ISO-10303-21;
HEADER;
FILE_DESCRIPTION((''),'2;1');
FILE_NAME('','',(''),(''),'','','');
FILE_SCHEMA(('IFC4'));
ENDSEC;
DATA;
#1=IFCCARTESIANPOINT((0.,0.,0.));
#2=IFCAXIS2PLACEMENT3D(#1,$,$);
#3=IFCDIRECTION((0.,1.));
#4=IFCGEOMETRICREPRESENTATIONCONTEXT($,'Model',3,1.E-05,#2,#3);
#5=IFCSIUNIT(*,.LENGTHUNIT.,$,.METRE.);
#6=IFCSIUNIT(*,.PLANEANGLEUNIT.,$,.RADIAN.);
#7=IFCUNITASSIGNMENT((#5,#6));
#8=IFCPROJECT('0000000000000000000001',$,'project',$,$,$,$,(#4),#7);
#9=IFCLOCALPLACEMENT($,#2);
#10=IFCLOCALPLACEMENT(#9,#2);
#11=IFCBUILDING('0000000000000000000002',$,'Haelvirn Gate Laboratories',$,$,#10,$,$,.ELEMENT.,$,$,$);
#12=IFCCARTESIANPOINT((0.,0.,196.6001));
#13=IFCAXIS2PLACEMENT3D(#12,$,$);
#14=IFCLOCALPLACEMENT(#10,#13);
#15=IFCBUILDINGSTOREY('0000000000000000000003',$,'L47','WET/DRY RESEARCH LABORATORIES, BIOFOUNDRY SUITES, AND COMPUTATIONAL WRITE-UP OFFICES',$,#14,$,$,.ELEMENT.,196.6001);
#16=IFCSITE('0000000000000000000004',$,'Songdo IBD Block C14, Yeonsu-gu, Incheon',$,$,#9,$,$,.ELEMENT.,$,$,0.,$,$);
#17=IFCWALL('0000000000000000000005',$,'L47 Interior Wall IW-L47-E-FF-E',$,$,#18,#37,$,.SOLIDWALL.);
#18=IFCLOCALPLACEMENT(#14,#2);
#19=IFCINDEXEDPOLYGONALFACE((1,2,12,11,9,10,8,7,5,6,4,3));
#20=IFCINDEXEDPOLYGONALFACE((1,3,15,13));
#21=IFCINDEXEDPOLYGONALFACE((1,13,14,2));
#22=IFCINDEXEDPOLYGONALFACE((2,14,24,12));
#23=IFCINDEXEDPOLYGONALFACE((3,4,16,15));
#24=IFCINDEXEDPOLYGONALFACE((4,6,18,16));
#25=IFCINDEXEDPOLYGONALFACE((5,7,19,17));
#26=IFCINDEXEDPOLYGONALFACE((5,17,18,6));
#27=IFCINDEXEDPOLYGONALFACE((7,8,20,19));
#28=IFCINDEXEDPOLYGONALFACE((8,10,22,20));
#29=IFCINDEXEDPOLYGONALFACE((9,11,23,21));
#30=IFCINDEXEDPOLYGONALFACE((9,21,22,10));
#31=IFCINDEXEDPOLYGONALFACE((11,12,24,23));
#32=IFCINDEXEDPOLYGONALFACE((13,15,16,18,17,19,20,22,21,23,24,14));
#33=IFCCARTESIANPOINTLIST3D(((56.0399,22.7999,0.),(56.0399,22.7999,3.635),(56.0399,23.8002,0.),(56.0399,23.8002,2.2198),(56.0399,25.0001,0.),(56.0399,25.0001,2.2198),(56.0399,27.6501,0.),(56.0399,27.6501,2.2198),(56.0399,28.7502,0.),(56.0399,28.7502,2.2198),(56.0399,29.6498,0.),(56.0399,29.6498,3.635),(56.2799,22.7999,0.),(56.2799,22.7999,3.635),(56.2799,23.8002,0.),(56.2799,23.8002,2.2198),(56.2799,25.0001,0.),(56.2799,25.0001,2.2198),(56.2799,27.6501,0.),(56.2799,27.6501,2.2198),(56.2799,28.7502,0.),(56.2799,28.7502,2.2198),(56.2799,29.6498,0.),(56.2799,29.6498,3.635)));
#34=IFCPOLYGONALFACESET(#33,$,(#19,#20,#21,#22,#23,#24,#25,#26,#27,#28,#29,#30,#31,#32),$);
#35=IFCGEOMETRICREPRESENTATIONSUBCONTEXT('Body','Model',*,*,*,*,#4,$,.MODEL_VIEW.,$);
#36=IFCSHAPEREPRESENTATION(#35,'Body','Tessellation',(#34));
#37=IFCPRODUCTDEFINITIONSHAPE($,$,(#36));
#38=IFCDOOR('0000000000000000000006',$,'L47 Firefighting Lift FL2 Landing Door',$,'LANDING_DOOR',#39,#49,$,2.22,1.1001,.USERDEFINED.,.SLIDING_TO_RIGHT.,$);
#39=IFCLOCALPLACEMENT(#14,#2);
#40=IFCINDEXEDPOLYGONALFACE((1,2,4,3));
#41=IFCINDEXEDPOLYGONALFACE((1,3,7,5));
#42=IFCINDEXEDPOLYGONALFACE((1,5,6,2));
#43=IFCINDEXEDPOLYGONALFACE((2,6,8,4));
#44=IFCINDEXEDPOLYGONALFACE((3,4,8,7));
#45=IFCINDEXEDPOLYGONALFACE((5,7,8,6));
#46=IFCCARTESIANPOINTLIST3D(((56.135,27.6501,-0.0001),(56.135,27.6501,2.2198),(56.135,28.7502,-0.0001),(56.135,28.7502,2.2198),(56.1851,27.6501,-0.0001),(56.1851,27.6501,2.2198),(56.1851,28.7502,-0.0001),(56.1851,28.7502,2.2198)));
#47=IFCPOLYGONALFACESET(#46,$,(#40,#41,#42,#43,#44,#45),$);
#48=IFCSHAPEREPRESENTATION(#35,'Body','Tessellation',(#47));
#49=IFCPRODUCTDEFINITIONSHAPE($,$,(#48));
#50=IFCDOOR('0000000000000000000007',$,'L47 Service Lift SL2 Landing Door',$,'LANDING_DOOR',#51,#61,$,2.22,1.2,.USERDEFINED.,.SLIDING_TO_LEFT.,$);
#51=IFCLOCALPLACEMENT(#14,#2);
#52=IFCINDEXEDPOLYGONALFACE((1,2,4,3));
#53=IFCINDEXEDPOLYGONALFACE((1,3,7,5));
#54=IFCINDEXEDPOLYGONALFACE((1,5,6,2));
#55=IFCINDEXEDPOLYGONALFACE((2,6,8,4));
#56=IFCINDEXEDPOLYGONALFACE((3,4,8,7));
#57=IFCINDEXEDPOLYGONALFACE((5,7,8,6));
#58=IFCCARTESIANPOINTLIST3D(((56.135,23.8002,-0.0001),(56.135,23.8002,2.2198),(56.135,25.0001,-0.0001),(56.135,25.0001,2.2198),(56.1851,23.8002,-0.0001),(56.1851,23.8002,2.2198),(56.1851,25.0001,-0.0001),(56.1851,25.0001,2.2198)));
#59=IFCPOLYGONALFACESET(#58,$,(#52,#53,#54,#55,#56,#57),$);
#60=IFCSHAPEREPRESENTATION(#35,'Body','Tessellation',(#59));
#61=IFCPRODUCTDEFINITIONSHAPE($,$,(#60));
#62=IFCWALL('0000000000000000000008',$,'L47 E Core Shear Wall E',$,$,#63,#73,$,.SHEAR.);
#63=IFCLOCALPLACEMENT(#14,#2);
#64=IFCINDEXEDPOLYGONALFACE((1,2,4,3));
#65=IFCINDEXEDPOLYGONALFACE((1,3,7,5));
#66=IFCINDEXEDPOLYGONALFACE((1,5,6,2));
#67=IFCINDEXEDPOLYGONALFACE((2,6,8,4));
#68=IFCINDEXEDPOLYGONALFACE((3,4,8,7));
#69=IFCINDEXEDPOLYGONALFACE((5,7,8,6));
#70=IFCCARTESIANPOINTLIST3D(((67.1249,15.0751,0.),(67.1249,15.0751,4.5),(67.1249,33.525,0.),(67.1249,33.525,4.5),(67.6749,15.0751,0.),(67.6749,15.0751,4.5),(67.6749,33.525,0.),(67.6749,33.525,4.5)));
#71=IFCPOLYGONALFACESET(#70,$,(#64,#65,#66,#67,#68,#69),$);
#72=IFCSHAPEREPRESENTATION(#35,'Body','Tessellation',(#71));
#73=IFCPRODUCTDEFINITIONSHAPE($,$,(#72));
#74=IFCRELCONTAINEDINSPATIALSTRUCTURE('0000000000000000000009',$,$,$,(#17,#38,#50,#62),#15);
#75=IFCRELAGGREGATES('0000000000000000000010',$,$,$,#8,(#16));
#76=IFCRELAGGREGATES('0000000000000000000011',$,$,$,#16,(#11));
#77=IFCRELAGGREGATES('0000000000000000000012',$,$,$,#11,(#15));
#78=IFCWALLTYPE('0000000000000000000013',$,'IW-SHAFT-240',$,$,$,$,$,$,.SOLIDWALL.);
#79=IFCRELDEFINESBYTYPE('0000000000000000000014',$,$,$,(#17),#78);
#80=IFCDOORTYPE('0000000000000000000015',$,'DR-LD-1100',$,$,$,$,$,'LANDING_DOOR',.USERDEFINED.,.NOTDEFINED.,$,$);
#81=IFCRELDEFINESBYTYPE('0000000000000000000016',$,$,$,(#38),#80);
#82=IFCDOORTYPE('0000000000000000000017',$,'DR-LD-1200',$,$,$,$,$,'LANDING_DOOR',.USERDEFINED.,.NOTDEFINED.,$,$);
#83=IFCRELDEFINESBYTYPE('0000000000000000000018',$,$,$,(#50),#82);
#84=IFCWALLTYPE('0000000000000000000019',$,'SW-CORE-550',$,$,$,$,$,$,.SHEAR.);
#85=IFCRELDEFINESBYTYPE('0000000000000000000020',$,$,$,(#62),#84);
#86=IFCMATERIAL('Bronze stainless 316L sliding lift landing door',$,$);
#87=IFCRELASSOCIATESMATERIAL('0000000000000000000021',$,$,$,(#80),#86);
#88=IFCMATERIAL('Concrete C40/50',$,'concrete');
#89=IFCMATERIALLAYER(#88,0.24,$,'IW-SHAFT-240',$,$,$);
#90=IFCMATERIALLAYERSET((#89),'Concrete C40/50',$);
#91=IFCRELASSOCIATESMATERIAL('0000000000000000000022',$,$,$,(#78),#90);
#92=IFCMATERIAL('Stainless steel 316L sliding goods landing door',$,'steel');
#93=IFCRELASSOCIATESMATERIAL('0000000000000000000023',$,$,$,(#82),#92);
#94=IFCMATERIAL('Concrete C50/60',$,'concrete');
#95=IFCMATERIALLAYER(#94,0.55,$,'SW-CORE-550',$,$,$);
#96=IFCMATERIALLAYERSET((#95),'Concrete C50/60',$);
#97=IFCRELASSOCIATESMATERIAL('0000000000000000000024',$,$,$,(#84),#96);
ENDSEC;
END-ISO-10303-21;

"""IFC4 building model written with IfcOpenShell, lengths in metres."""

from ifc_helpers import new_model, si_unit, direction, frame, frame_2d, origin, place, context, subcontext, project, spatial, rectangle, extrude, source, transform, mapped, material, layer, layer_set, type_object, type_shapes, element, fill, save


model = new_model("IFC4")

# Units and contexts
model_context = context("Model", 3, precision=1e-05, world=origin(), true_north=direction((0.0, 1.0)))
body_context = subcontext(model_context, "Body", "Model", "MODEL_VIEW")
ifc_project = project(units=[si_unit("LENGTHUNIT", "METRE"), si_unit("PLANEANGLEUNIT", "RADIAN")], contexts=[model_context])

# Site, building, storey
site_placement = place(None, origin())
site = spatial("IfcSite", under=ifc_project, at=site_placement, Name="Songdo IBD Block C14, Yeonsu-gu, Incheon", CompositionType="ELEMENT", RefElevation=0.0)
building_placement = place(site_placement, origin())
building = spatial("IfcBuilding", under=site, at=building_placement, Name="Haelvirn Gate Laboratories", CompositionType="ELEMENT")
storey_placement = place(building_placement, frame((0.0, 0.0, 196.6001)))
storey = spatial("IfcBuildingStorey", under=building, at=storey_placement, Name="L47", Description="WET/DRY RESEARCH LABORATORIES, BIOFOUNDRY SUITES, AND COMPUTATIONAL WRITE-UP OFFICES", CompositionType="ELEMENT", Elevation=196.6001)

# Shared definitions
ifc_material_1 = material(Name="Concrete C40/50", Category="concrete")

# Shared definitions
ifc_material_2 = material(Name="Bronze stainless 316L sliding lift landing door")
door_type_1 = type_object("IfcDoorType", Name="DR-LD-1100", ElementType="LANDING_DOOR", OperationType="NOTDEFINED", PredefinedType="USERDEFINED", material=ifc_material_2)
shared_shape_1 = source(origin(), body_context, "Body", "SweptSolid", [
    extrude(rectangle(XDim=1.1001, YDim=2.22, at=frame_2d((0.55, 1.1099))), frame((0.0, 0.0249, 0.0), z_axis=(0.0, -1.0, 0.0), x_axis=(1.0, 0.0, 0.0)), (0.0, 0.0, 1.0), 0.05),
])
type_shapes(door_type_1, [shared_shape_1])

# Wall, openings, doors
ifc_layer_1 = layer(ifc_material_1, 0.24, Name="IW-SHAFT-240")
ifc_layer_set_1 = layer_set([ifc_layer_1], Name="Concrete C40/50")
wall_type_1 = type_object("IfcWallType", Name="IW-SHAFT-240", PredefinedType="SOLIDWALL", material=ifc_layer_set_1)
wall_1_placement = place(storey_placement, frame((56.1599, 22.8, 0.0), z_axis=(0.0, 0.0, 1.0), x_axis=(0.0, 1.0, 0.0)))
wall_1 = element("IfcWall", 1, at=wall_1_placement, inside=storey, type_object=wall_type_1, Name="L47 Interior Wall IW-L47-E-FF-E", PredefinedType="SOLIDWALL", context=body_context, shape_type="SweptSolid", body=[
    extrude(rectangle(XDim=6.8499, YDim=0.24, at=frame_2d((3.4248, 0.0))), origin(), (0.0, 0.0, 1.0), 3.635),
])
opening_1_placement = place(wall_1_placement, frame((4.8501, 0.0, 0.0)))
opening_1 = element("IfcOpeningElement", 2, at=opening_1_placement, cuts=wall_1, PredefinedType="OPENING", context=body_context, shape_type="SweptSolid", body=[
    extrude(rectangle(XDim=1.1001, YDim=2.22, at=frame_2d((0.55, 1.1099))), frame((0.0, 0.1299, 0.0), z_axis=(0.0, -1.0, 0.0), x_axis=(1.0, 0.0, 0.0)), (0.0, 0.0, 1.0), 0.26),
])
opening_2_placement = place(wall_1_placement, frame((1.0, 0.0, 0.0)))
opening_2 = element("IfcOpeningElement", 3, at=opening_2_placement, cuts=wall_1, PredefinedType="OPENING", context=body_context, shape_type="SweptSolid", body=[
    extrude(rectangle(XDim=1.2, YDim=2.22, at=frame_2d((0.6001, 1.1099))), frame((0.0, 0.1299, 0.0), z_axis=(0.0, -1.0, 0.0), x_axis=(1.0, 0.0, 0.0)), (0.0, 0.0, 1.0), 0.26),
])
door_1_placement = place(opening_1_placement, origin())
door_1 = element("IfcDoor", 4, at=door_1_placement, inside=storey, type_object=door_type_1, Name="L47 Firefighting Lift FL2 Landing Door", ObjectType="LANDING_DOOR", OperationType="SLIDING_TO_RIGHT", OverallHeight=2.22, OverallWidth=1.1001, PredefinedType="USERDEFINED", context=body_context, shape_type="MappedRepresentation", body=[
    mapped(shared_shape_1, transform((0.0, 0.0, 0.0), scale=1.0)),
])
fill(opening_1, door_1)
ifc_material_3 = material(Name="Stainless steel 316L sliding goods landing door", Category="steel")
door_type_2 = type_object("IfcDoorType", Name="DR-LD-1200", ElementType="LANDING_DOOR", OperationType="NOTDEFINED", PredefinedType="USERDEFINED", material=ifc_material_3)
shared_shape_2 = source(origin(), body_context, "Body", "SweptSolid", [
    extrude(rectangle(XDim=1.2, YDim=2.22, at=frame_2d((0.6001, 1.1099))), frame((0.0, 0.0249, 0.0), z_axis=(0.0, -1.0, 0.0), x_axis=(1.0, 0.0, 0.0)), (0.0, 0.0, 1.0), 0.05),
])
type_shapes(door_type_2, [shared_shape_2])
door_2_placement = place(opening_2_placement, origin())
door_2 = element("IfcDoor", 5, at=door_2_placement, inside=storey, type_object=door_type_2, Name="L47 Service Lift SL2 Landing Door", ObjectType="LANDING_DOOR", OperationType="SLIDING_TO_LEFT", OverallHeight=2.22, OverallWidth=1.2, PredefinedType="USERDEFINED", context=body_context, shape_type="MappedRepresentation", body=[
    mapped(shared_shape_2, transform((0.0, 0.0, 0.0), scale=1.0)),
])
fill(opening_2, door_2)

# Wall
ifc_material_4 = material(Name="Concrete C50/60", Category="concrete")
ifc_layer_2 = layer(ifc_material_4, 0.55, Name="SW-CORE-550")
ifc_layer_set_2 = layer_set([ifc_layer_2], Name="Concrete C50/60")
wall_type_2 = type_object("IfcWallType", Name="SW-CORE-550", PredefinedType="SHEAR", material=ifc_layer_set_2)
wall_2_placement = place(storey_placement, frame((67.3999, 15.075, 0.0), z_axis=(0.0, 0.0, 1.0), x_axis=(0.0, 1.0, 0.0)))
element("IfcWall", 6, at=wall_2_placement, inside=storey, type_object=wall_type_2, Name="L47 E Core Shear Wall E", PredefinedType="SHEAR", context=body_context, shape_type="SweptSolid", body=[
    extrude(rectangle(XDim=18.45, YDim=0.55, at=frame_2d((9.2251, 0.0))), origin(), (0.0, 0.0, 1.0), 4.5),
])

save(model, "model.ifc")
